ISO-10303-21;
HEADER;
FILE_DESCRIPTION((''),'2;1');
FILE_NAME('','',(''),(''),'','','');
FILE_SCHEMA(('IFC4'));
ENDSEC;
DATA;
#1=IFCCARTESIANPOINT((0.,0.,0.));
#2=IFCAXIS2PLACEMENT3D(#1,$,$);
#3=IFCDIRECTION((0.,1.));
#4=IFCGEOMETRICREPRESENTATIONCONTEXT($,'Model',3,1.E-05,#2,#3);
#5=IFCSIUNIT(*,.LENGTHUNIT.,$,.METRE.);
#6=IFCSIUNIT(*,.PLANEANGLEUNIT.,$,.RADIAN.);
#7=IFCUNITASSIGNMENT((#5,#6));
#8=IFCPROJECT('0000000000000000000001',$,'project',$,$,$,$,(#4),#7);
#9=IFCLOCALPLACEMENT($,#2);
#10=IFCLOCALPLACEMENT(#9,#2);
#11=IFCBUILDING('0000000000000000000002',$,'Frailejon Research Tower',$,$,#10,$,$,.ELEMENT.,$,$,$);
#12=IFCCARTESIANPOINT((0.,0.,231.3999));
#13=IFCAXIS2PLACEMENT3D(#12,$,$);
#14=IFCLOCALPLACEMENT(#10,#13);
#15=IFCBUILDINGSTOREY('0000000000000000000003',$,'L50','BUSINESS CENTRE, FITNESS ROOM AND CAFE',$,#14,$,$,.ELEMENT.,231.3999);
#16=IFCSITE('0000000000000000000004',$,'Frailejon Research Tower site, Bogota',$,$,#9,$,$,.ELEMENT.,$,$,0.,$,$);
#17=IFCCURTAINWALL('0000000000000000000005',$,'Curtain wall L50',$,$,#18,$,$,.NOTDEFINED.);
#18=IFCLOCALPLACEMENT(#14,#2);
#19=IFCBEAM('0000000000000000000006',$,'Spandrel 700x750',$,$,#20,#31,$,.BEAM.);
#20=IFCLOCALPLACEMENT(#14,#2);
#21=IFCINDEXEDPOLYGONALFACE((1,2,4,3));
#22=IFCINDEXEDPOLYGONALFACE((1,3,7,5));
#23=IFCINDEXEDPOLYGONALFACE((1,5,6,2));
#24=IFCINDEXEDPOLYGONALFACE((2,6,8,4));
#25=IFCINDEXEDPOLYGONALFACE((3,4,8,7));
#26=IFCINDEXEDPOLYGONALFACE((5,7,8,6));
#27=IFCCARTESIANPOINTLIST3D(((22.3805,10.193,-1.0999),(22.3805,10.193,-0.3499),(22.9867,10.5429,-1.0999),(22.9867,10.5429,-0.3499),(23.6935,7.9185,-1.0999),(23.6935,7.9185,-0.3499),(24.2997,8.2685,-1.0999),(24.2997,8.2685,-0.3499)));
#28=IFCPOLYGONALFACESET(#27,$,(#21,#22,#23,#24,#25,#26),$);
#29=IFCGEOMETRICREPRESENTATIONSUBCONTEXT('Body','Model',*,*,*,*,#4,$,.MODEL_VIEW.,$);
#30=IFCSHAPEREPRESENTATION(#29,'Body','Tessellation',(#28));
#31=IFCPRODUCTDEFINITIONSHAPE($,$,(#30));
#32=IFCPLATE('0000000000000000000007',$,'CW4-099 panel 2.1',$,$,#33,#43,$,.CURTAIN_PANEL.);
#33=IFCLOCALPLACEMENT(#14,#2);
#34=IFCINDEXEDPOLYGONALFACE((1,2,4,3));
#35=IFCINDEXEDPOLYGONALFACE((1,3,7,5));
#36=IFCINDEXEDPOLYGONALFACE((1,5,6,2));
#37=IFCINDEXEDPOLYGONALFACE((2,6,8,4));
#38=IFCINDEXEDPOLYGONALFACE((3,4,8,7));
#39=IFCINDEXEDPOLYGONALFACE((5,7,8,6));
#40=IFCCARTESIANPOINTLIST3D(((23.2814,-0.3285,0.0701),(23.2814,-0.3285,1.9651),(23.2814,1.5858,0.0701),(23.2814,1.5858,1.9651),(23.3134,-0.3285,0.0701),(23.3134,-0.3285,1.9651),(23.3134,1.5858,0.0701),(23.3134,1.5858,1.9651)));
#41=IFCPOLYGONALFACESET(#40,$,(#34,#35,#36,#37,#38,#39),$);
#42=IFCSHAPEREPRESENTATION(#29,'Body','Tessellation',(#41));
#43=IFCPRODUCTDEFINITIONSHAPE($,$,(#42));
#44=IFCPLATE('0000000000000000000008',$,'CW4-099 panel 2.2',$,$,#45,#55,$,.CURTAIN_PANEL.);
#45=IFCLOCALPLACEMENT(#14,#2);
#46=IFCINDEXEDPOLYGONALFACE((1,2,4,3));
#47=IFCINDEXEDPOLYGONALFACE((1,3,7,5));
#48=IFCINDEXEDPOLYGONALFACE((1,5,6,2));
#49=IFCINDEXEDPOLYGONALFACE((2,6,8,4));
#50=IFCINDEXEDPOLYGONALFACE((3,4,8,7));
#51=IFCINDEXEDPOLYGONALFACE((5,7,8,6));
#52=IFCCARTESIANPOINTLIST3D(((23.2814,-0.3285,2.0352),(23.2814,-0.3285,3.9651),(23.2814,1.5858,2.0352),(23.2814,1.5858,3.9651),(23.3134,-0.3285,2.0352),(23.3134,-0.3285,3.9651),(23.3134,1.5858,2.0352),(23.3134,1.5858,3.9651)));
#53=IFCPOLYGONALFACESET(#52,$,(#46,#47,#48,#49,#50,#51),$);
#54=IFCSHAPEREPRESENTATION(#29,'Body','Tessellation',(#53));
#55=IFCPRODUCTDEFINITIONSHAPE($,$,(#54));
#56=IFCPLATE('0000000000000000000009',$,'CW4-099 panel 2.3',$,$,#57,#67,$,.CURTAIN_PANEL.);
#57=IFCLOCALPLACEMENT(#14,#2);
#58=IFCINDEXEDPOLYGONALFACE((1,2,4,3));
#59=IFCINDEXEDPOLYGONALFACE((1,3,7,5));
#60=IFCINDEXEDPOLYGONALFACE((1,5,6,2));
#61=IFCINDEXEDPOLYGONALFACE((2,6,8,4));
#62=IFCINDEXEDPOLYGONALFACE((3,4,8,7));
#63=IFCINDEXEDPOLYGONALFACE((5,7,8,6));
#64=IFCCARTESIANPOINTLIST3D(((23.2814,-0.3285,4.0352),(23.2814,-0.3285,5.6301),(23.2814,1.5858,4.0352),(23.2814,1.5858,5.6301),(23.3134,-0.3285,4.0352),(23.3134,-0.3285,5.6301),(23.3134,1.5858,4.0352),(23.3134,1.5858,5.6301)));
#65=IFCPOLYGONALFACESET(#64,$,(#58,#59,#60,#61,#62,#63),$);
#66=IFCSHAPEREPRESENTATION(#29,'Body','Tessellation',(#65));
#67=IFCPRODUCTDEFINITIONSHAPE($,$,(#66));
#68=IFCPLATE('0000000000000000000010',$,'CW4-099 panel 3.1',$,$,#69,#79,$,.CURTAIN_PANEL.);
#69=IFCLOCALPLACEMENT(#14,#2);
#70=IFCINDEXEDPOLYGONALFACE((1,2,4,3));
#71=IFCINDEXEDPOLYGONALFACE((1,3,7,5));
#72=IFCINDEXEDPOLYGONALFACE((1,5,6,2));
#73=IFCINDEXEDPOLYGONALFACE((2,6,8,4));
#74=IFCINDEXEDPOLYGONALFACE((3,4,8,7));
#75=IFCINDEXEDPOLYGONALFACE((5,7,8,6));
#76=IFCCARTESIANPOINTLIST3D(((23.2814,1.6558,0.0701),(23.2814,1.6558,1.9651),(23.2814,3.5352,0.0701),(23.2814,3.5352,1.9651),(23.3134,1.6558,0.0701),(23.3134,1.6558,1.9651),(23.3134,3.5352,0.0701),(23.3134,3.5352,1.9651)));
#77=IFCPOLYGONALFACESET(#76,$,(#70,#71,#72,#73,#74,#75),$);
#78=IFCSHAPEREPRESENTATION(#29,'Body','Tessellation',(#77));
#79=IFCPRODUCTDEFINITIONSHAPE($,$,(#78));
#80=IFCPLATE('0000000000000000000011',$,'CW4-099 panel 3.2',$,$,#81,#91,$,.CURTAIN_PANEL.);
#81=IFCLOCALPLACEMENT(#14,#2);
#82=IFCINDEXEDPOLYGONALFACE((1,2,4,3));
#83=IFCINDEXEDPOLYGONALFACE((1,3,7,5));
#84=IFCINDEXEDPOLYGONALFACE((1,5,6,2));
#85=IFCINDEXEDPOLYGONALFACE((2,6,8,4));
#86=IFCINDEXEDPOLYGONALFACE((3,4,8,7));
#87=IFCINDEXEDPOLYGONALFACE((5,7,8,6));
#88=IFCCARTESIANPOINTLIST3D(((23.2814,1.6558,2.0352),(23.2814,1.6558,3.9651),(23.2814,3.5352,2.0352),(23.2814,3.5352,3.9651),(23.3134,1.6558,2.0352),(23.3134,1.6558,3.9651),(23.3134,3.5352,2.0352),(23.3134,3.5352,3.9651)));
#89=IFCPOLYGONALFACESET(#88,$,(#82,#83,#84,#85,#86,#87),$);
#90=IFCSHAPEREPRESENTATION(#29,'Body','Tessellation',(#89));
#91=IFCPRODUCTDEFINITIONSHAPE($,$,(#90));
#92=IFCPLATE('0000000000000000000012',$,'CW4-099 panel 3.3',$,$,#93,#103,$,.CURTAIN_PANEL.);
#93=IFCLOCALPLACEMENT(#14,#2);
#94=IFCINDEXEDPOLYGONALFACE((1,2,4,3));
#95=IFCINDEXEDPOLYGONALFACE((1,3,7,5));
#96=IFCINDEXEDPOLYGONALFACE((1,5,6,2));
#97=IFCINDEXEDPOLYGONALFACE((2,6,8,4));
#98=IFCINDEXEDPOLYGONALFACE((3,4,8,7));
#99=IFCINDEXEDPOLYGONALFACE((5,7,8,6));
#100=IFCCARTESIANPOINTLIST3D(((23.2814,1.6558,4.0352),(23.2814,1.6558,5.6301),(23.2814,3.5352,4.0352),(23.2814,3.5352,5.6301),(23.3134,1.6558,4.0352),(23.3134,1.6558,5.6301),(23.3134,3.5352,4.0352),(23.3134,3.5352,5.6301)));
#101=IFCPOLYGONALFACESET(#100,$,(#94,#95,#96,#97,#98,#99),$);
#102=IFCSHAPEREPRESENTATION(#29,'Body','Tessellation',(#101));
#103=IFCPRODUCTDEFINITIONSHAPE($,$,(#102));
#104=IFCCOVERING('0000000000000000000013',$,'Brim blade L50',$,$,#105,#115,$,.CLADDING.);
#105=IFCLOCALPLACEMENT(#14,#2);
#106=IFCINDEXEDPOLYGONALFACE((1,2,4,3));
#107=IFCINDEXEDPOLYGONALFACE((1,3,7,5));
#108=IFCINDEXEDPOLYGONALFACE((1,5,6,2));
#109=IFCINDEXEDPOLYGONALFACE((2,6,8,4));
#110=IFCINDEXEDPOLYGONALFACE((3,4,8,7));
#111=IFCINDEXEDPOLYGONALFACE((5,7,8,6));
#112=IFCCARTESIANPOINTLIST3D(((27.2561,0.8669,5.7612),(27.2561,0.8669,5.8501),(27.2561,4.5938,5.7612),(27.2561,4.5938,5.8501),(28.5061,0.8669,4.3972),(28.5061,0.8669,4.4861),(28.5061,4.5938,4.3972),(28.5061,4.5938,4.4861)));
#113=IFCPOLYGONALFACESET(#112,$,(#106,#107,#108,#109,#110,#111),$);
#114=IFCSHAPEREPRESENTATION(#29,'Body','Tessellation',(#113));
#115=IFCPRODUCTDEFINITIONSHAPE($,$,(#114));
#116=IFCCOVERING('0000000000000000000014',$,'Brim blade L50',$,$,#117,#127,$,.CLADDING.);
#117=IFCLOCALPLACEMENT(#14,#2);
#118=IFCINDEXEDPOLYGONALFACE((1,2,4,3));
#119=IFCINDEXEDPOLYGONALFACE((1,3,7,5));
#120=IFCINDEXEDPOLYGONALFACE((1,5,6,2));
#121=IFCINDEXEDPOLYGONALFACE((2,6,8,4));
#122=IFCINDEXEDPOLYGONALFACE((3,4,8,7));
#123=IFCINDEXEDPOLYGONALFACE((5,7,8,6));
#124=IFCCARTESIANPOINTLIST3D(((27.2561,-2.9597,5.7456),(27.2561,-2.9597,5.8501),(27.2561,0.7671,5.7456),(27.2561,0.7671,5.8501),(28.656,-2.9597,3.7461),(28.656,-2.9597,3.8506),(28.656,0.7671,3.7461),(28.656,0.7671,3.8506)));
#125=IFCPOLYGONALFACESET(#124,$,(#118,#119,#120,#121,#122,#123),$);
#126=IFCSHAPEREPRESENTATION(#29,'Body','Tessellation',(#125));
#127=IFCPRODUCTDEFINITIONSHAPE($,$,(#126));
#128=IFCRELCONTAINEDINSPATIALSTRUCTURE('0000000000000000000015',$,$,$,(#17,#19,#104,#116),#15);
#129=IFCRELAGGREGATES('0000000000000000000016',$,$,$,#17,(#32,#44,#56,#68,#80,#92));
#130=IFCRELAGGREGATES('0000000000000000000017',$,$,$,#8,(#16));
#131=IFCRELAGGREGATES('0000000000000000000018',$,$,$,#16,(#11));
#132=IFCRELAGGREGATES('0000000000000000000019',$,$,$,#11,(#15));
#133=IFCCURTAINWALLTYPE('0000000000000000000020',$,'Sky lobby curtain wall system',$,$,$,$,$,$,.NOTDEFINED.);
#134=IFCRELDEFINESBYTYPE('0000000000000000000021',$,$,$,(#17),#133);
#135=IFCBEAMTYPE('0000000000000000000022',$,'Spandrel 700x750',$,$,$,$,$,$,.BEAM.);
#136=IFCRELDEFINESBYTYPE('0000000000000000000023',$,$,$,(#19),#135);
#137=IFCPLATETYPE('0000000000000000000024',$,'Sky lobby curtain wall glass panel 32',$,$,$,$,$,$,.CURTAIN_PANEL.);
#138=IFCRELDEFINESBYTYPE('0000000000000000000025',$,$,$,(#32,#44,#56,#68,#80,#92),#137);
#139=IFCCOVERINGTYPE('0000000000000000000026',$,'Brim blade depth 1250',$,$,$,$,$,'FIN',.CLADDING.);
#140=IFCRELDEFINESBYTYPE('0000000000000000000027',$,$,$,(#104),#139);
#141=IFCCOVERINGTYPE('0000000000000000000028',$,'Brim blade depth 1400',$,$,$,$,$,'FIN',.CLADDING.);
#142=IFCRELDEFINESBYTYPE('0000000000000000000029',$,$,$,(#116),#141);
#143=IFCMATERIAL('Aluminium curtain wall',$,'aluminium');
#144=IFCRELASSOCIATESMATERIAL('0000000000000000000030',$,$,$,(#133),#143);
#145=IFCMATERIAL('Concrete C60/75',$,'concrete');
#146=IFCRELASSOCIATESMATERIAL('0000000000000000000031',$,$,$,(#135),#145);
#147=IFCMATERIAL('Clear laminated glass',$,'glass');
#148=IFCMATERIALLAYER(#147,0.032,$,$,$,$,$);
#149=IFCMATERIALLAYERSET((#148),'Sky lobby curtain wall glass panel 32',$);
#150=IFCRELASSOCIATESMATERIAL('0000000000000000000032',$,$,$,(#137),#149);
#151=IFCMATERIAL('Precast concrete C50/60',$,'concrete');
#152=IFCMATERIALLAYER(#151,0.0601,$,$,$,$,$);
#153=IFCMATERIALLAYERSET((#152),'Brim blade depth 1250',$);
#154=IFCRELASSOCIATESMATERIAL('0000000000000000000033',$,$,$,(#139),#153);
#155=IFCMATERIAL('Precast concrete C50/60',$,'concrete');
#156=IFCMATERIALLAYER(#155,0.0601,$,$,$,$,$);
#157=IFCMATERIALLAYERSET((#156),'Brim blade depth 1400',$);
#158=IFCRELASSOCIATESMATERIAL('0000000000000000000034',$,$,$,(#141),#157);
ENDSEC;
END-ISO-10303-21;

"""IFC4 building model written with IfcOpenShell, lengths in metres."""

from ifc_helpers import new_model, si_unit, direction, frame, origin, origin_2d, place, context, subcontext, project, spatial, polyline, rectangle, outline, extrude, material, layer, layer_set, material_profile, profile_set, type_object, element, aggregate, save


model = new_model("IFC4")

# Units and contexts
model_context = context("Model", 3, precision=1e-05, world=origin(), true_north=direction((0.0, 1.0)))
body_context = subcontext(model_context, "Body", "Model", "MODEL_VIEW")
ifc_project = project(units=[si_unit("LENGTHUNIT", "METRE"), si_unit("PLANEANGLEUNIT", "RADIAN")], contexts=[model_context])

# Site, building, storey
site_placement = place(None, origin())
site = spatial("IfcSite", under=ifc_project, at=site_placement, Name="Frailejon Research Tower site, Bogota", CompositionType="ELEMENT", RefElevation=0.0)
building_placement = place(site_placement, origin())
building = spatial("IfcBuilding", under=site, at=building_placement, Name="Frailejon Research Tower", CompositionType="ELEMENT")
storey_placement = place(building_placement, frame((0.0, 0.0, 231.3999)))
storey = spatial("IfcBuildingStorey", under=building, at=storey_placement, Name="L50", Description="BUSINESS CENTRE, FITNESS ROOM AND CAFE", CompositionType="ELEMENT", Elevation=231.3999)

# Curtain wall
ifc_material_1 = material(Name="Aluminium curtain wall", Category="aluminium")
curtain_wall_type = type_object("IfcCurtainWallType", Name="Sky lobby curtain wall system", PredefinedType="NOTDEFINED", material=ifc_material_1)
curtain_wall_placement = place(storey_placement, origin())
curtain_wall = element("IfcCurtainWall", 1, at=curtain_wall_placement, inside=storey, type_object=curtain_wall_type, Name="Curtain wall L50", PredefinedType="NOTDEFINED")

# Beam
ifc_material_2 = material(Name="Concrete C60/75", Category="concrete")
ifc_material_profile_1 = material_profile(ifc_material_2, rectangle(XDim=0.7, YDim=0.75, at=origin_2d()), Name="Spandrel 700x750")
ifc_profile_set_1 = profile_set([ifc_material_profile_1], Name="Concrete C60/75")
beam_type_1 = type_object("IfcBeamType", Name="Spandrel 700x750", PredefinedType="BEAM", material=ifc_profile_set_1)
beam_1_placement = place(storey_placement, frame((23.9966, 8.0935, -0.7249), z_axis=(-0.499959, 0.866049, 0.0), x_axis=(-0.866049, -0.499959, 0.0)))
element("IfcBeam", 2, at=beam_1_placement, inside=storey, type_object=beam_type_1, Name="Spandrel 700x750", PredefinedType="BEAM", context=body_context, shape_type="SweptSolid", body=[
    extrude(rectangle(XDim=0.7, YDim=0.75, at=origin_2d()), origin(), (0.0, 0.0, 1.0), 2.6262),
])

# Plates
ifc_material_3 = material(Name="Clear laminated glass", Category="glass")
ifc_layer_1 = layer(ifc_material_3, 0.032)
ifc_layer_set_1 = layer_set([ifc_layer_1], Name="Sky lobby curtain wall glass panel 32")
plate_type = type_object("IfcPlateType", Name="Sky lobby curtain wall glass panel 32", PredefinedType="CURTAIN_PANEL", material=ifc_layer_set_1)
plate_1_placement = place(storey_placement, frame((23.2974, 0.6287, 0.0701), z_axis=(0.0, 0.0, 1.0), x_axis=(0.0, 1.0, 0.0)))
plate_1 = element("IfcPlate", 3, at=plate_1_placement, type_object=plate_type, Name="CW4-099 panel 2.1", PredefinedType="CURTAIN_PANEL", context=body_context, shape_type="SweptSolid", body=[
    extrude(rectangle(XDim=1.9143, YDim=0.032, at=origin_2d()), origin(), (0.0, 0.0, 1.0), 1.895),
])
plate_2_placement = place(storey_placement, frame((23.2974, 0.6287, 2.0352), z_axis=(0.0, 0.0, 1.0), x_axis=(0.0, 1.0, 0.0)))
plate_2 = element("IfcPlate", 4, at=plate_2_placement, type_object=plate_type, Name="CW4-099 panel 2.2", PredefinedType="CURTAIN_PANEL", context=body_context, shape_type="SweptSolid", body=[
    extrude(rectangle(XDim=1.9143, YDim=0.032, at=origin_2d()), origin(), (0.0, 0.0, 1.0), 1.9299),
])
plate_3_placement = place(storey_placement, frame((23.2974, 0.6287, 4.0352), z_axis=(0.0, 0.0, 1.0), x_axis=(0.0, 1.0, 0.0)))
plate_3 = element("IfcPlate", 5, at=plate_3_placement, type_object=plate_type, Name="CW4-099 panel 2.3", PredefinedType="CURTAIN_PANEL", context=body_context, shape_type="SweptSolid", body=[
    extrude(rectangle(XDim=1.9143, YDim=0.032, at=origin_2d()), origin(), (0.0, 0.0, 1.0), 1.595),
])
plate_4_placement = place(storey_placement, frame((23.2974, 2.5955, 0.0701), z_axis=(0.0, 0.0, 1.0), x_axis=(0.0, 1.0, 0.0)))
plate_4 = element("IfcPlate", 6, at=plate_4_placement, type_object=plate_type, Name="CW4-099 panel 3.1", PredefinedType="CURTAIN_PANEL", context=body_context, shape_type="SweptSolid", body=[
    extrude(rectangle(XDim=1.8794, YDim=0.032, at=origin_2d()), origin(), (0.0, 0.0, 1.0), 1.895),
])
plate_5_placement = place(storey_placement, frame((23.2974, 2.5955, 2.0352), z_axis=(0.0, 0.0, 1.0), x_axis=(0.0, 1.0, 0.0)))
plate_5 = element("IfcPlate", 7, at=plate_5_placement, type_object=plate_type, Name="CW4-099 panel 3.2", PredefinedType="CURTAIN_PANEL", context=body_context, shape_type="SweptSolid", body=[
    extrude(rectangle(XDim=1.8794, YDim=0.032, at=origin_2d()), origin(), (0.0, 0.0, 1.0), 1.9299),
])
plate_6_placement = place(storey_placement, frame((23.2974, 2.5955, 4.0352), z_axis=(0.0, 0.0, 1.0), x_axis=(0.0, 1.0, 0.0)))
plate_6 = element("IfcPlate", 8, at=plate_6_placement, type_object=plate_type, Name="CW4-099 panel 3.3", PredefinedType="CURTAIN_PANEL", context=body_context, shape_type="SweptSolid", body=[
    extrude(rectangle(XDim=1.8794, YDim=0.032, at=origin_2d()), origin(), (0.0, 0.0, 1.0), 1.595),
])
aggregate(curtain_wall, [plate_1, plate_2, plate_3, plate_4, plate_5, plate_6])

# Coverings
ifc_material_4 = material(Name="Precast concrete C50/60", Category="concrete")
ifc_layer_2 = layer(ifc_material_4, 0.0601)
ifc_layer_set_2 = layer_set([ifc_layer_2], Name="Brim blade depth 1250")
covering_type_1 = type_object("IfcCoveringType", Name="Brim blade depth 1250", ElementType="FIN", PredefinedType="CLADDING", material=ifc_layer_set_2)
covering_1_placement = place(storey_placement, frame((27.2561, 4.5938, 5.8501), z_axis=(0.0, -1.0, 0.0), x_axis=(1.0, 0.0, 0.0)))
element("IfcCovering", 9, at=covering_1_placement, inside=storey, type_object=covering_type_1, Name="Brim blade L50", PredefinedType="CLADDING", context=body_context, shape_type="SweptSolid", body=[
    extrude(outline(polyline([(0.0, -0.0889), (1.25, -1.4529), (1.25, -1.364), (0.0, 0.0), (0.0, -0.0889)])), origin(), (0.0, 0.0, 1.0), 3.7268),
])
ifc_material_5 = material(Name="Precast concrete C50/60", Category="concrete")
ifc_layer_3 = layer(ifc_material_5, 0.0601)
ifc_layer_set_3 = layer_set([ifc_layer_3], Name="Brim blade depth 1400")
covering_type_2 = type_object("IfcCoveringType", Name="Brim blade depth 1400", ElementType="FIN", PredefinedType="CLADDING", material=ifc_layer_set_3)
covering_2_placement = place(storey_placement, frame((27.2561, 0.7671, 5.8501), z_axis=(0.0, -1.0, 0.0), x_axis=(1.0, 0.0, 0.0)))
element("IfcCovering", 10, at=covering_2_placement, inside=storey, type_object=covering_type_2, Name="Brim blade L50", PredefinedType="CLADDING", context=body_context, shape_type="SweptSolid", body=[
    extrude(outline(polyline([(0.0, -0.1045), (1.3999, -2.104), (1.3999, -1.9995), (0.0, 0.0), (0.0, -0.1045)])), origin(), (0.0, 0.0, 1.0), 3.7268),
])

save(model, "model.ifc")
